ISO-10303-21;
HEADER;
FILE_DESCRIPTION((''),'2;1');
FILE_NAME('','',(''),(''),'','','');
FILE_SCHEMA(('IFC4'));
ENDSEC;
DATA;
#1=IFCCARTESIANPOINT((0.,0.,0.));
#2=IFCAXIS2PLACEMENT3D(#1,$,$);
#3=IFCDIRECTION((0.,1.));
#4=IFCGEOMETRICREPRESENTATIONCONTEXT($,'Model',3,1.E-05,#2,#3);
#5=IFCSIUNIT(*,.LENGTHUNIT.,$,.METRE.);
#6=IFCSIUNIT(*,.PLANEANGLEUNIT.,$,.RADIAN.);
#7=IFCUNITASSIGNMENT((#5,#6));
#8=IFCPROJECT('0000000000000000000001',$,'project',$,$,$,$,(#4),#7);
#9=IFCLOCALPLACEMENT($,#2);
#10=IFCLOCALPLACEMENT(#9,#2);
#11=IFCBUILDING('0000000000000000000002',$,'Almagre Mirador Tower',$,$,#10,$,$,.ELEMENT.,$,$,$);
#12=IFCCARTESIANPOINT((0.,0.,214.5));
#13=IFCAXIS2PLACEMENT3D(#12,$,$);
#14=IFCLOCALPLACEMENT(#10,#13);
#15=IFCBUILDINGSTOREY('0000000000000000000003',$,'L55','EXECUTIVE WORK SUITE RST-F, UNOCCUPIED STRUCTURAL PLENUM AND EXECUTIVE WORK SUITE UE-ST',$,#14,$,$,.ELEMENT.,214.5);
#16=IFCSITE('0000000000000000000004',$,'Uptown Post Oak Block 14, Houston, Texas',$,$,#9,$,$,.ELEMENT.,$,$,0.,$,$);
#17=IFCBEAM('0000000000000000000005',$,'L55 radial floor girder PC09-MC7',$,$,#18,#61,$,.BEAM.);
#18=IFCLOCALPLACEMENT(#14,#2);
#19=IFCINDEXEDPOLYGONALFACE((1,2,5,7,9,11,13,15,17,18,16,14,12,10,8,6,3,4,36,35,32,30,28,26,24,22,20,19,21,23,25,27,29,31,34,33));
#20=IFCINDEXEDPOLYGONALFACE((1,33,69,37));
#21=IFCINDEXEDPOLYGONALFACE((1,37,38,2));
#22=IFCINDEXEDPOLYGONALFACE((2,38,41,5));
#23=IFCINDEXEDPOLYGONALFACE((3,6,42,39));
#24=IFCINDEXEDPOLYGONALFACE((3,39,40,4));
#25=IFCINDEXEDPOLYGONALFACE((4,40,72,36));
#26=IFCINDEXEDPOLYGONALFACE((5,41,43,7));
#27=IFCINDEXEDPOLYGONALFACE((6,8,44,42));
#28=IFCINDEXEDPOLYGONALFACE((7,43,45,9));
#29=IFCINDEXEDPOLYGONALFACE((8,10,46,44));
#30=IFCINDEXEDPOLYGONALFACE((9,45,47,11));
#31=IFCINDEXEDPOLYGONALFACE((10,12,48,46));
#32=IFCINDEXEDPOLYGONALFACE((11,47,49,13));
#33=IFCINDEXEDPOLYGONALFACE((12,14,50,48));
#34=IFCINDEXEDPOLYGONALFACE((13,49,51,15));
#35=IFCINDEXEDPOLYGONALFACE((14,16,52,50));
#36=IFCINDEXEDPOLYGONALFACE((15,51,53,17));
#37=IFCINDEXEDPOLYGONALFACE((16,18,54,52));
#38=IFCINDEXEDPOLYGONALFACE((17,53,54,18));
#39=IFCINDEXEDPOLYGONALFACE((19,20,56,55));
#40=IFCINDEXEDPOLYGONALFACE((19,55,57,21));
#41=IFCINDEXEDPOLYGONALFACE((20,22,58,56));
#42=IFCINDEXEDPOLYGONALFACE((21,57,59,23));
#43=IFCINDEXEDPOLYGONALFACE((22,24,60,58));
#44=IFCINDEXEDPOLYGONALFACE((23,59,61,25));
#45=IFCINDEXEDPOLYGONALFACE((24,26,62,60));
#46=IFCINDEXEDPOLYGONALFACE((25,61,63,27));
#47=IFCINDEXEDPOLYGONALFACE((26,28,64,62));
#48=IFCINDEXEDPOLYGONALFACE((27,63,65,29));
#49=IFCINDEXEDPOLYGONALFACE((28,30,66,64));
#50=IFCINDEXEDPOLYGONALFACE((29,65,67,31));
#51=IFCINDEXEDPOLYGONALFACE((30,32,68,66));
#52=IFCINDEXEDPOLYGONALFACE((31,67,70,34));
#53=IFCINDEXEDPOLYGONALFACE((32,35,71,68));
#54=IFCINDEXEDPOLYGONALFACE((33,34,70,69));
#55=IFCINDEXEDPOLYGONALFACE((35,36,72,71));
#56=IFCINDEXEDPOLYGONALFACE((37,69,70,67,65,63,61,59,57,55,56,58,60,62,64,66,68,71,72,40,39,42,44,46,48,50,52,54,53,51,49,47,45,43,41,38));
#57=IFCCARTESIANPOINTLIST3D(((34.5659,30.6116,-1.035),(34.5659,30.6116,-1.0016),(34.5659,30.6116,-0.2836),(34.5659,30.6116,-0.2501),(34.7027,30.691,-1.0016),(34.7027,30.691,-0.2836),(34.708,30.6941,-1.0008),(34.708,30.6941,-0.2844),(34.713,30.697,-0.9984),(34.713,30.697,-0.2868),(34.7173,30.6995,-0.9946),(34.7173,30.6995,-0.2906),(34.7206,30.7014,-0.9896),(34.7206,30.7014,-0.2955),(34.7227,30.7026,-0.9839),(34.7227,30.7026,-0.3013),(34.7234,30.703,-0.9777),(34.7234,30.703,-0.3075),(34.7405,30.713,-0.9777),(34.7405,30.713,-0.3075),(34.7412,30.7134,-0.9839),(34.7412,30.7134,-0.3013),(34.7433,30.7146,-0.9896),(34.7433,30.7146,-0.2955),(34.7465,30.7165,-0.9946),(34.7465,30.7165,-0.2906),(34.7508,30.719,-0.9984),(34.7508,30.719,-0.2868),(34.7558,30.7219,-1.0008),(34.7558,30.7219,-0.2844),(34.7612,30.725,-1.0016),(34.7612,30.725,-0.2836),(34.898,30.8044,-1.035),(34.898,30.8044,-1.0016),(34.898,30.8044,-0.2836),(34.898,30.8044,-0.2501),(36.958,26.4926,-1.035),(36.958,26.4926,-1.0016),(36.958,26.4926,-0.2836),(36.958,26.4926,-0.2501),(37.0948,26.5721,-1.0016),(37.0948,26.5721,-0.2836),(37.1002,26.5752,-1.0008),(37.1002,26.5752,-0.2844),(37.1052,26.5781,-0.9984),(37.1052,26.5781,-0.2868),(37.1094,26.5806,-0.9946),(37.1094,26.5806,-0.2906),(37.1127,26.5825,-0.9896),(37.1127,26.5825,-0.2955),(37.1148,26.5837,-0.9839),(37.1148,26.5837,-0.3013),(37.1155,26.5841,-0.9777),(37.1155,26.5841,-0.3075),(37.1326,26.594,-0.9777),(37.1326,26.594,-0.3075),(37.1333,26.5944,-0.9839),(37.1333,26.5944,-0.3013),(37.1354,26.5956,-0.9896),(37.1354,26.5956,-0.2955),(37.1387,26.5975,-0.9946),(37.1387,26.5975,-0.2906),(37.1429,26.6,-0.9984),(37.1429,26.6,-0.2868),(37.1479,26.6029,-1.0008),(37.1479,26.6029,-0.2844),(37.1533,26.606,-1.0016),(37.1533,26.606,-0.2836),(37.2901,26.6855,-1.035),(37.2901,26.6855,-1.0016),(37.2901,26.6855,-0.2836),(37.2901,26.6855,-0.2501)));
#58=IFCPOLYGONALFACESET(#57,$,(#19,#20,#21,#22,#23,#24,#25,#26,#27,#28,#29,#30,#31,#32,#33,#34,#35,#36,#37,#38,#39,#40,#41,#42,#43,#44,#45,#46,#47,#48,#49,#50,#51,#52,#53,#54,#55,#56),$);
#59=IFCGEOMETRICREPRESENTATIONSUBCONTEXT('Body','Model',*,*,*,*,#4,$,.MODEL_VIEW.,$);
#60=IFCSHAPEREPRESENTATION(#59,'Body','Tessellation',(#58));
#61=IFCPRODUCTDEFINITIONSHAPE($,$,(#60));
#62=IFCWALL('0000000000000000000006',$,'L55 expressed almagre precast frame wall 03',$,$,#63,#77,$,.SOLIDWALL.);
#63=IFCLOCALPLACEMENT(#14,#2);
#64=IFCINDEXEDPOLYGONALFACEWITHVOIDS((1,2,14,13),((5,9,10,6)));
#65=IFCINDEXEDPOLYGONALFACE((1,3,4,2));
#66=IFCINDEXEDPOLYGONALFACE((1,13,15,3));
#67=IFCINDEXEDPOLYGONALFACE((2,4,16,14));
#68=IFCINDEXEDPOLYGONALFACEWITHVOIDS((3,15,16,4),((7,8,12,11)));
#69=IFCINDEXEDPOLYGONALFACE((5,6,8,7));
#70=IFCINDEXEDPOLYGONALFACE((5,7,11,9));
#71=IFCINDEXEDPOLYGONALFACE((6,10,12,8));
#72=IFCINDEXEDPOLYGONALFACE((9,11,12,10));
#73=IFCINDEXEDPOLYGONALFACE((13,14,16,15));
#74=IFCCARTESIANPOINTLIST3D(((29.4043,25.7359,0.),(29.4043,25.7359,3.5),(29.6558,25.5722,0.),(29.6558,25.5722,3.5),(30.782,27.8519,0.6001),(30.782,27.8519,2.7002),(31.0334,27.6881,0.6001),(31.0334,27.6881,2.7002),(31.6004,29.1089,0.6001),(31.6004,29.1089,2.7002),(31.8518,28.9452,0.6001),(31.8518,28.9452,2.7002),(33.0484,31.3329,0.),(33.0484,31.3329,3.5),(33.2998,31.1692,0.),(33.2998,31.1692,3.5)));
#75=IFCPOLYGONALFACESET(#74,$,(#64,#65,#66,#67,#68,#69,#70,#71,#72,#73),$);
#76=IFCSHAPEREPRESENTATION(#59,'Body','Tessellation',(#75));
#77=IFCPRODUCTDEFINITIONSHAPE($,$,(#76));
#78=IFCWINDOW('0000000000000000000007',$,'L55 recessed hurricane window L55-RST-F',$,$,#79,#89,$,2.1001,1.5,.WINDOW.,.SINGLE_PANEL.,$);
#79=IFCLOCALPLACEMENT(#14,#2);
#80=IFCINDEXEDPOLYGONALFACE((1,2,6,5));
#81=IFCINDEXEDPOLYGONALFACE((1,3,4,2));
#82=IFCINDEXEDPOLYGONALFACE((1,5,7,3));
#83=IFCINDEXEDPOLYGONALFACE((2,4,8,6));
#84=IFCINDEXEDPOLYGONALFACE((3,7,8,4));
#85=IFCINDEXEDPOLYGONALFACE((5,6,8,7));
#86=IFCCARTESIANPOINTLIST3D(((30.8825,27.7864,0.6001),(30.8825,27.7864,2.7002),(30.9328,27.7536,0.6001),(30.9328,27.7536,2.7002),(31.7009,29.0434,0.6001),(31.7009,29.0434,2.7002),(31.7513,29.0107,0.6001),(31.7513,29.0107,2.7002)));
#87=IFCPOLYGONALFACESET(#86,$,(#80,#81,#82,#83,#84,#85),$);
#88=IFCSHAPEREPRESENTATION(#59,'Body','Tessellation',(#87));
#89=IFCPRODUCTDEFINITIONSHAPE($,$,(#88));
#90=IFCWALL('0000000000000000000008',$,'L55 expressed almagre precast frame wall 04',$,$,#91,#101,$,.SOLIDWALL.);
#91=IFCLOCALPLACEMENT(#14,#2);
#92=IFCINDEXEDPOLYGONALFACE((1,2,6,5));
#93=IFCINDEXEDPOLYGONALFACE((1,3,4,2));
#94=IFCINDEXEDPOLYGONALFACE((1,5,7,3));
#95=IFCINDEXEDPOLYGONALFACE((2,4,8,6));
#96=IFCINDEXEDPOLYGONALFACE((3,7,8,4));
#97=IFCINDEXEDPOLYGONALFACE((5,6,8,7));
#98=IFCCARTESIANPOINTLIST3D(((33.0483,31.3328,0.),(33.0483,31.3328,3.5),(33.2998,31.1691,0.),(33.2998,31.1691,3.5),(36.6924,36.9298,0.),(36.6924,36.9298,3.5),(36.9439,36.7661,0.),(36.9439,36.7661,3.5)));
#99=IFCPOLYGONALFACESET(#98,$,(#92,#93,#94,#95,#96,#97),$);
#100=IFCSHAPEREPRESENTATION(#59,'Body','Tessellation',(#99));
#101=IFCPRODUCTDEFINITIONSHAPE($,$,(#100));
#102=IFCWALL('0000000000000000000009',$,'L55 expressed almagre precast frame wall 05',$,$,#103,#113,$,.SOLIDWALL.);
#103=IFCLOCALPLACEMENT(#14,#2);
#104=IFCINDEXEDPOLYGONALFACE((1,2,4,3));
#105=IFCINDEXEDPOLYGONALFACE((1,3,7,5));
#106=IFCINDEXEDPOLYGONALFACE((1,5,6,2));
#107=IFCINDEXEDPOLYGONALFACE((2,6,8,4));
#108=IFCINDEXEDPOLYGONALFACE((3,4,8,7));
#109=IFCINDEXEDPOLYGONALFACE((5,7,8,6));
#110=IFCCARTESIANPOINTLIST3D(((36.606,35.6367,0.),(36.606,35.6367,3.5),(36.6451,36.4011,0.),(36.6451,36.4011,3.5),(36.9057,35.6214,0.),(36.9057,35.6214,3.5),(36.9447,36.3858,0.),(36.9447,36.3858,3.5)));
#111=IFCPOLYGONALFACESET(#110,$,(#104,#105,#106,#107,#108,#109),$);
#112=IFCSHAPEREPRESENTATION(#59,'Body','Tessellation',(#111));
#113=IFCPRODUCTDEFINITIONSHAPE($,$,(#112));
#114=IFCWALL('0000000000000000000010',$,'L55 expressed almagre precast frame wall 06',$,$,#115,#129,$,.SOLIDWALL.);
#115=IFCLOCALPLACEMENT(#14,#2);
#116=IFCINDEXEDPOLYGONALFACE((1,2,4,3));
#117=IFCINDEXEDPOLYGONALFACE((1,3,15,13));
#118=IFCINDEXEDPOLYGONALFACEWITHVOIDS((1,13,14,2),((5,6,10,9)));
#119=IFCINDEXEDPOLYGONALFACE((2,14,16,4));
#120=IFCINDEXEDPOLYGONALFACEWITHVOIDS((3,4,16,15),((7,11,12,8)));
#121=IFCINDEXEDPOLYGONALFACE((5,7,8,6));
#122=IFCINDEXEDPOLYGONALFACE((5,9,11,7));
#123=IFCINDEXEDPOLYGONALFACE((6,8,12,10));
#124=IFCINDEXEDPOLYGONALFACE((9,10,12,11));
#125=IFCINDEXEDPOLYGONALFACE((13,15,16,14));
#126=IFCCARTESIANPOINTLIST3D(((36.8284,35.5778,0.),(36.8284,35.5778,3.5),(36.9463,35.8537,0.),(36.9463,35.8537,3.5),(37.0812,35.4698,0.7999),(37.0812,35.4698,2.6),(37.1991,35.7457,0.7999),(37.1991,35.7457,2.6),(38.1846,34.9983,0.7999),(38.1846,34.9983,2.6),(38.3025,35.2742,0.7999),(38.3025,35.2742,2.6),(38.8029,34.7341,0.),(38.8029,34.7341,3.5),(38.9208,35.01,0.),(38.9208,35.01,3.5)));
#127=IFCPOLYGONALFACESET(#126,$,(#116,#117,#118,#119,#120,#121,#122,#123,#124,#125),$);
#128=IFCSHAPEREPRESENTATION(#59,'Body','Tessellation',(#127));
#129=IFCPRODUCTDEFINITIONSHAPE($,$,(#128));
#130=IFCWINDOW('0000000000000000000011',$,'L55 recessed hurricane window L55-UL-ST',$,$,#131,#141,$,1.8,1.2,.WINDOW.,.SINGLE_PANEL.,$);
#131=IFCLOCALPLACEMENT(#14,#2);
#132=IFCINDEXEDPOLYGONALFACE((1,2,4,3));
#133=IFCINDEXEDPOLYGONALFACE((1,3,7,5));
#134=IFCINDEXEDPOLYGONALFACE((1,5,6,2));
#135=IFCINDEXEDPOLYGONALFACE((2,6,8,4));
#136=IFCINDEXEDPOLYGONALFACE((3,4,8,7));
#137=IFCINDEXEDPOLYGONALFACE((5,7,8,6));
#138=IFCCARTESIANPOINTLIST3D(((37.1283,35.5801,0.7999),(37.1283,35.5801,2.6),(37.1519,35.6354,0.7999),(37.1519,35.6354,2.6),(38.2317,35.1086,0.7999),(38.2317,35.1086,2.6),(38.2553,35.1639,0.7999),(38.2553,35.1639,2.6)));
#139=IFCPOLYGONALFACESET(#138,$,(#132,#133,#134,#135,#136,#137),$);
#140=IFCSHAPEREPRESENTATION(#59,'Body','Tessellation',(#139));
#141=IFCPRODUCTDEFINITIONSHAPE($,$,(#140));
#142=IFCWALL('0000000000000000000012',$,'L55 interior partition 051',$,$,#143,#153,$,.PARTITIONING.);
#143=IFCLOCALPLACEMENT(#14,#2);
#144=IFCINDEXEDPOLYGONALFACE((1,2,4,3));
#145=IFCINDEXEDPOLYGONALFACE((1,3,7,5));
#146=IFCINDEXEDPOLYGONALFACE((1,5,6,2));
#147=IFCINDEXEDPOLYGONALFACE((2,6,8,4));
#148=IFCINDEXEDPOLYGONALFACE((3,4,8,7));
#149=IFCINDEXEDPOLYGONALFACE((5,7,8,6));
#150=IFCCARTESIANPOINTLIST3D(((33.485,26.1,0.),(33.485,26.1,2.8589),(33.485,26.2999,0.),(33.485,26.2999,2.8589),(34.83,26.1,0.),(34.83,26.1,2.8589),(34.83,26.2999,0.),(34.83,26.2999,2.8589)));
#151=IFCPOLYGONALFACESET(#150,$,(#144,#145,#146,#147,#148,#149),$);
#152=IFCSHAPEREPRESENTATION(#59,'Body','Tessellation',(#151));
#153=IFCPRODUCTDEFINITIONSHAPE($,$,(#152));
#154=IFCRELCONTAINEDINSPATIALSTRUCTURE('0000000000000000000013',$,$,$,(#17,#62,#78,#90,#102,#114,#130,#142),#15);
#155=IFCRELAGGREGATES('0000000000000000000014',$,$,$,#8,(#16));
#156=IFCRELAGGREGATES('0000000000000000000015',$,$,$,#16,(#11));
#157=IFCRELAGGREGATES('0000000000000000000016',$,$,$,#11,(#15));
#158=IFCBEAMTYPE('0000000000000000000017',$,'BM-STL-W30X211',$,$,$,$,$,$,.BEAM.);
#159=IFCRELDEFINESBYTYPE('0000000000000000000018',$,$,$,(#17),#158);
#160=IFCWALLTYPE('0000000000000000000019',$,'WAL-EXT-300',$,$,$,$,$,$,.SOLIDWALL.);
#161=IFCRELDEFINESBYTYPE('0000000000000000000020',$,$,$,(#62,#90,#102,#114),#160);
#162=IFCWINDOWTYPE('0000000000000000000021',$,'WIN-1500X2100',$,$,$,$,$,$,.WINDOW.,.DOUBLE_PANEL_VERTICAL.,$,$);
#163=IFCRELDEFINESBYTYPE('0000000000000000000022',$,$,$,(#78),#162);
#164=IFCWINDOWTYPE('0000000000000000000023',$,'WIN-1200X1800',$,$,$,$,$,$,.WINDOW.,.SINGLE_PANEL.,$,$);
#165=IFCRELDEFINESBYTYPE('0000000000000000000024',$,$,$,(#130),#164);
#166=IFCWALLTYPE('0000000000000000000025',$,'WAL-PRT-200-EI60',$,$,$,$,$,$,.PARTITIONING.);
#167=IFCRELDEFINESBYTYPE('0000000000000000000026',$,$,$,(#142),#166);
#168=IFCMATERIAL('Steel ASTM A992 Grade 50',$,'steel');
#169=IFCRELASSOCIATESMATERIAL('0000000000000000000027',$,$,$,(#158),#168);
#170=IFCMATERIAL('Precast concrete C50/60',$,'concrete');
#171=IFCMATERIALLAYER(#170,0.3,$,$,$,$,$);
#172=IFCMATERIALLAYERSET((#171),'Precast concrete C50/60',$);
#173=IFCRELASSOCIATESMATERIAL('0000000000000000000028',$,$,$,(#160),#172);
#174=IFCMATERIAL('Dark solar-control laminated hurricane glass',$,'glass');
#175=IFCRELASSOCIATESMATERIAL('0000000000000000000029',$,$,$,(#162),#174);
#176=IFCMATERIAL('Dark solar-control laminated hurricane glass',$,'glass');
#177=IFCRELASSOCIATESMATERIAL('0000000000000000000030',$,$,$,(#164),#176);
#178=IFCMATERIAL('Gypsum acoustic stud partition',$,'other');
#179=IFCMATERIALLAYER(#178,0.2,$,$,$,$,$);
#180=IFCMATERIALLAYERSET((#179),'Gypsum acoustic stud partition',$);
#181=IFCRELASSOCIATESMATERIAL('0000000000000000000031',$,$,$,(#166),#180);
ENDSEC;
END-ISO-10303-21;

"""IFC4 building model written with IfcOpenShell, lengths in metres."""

from ifc_helpers import new_model, si_unit, direction, frame, frame_2d, origin, origin_2d, place, context, subcontext, project, spatial, rectangle, i_section, extrude, material, layer, layer_set, material_profile, profile_set, type_object, element, fill, save


model = new_model("IFC4")

# Units and contexts
model_context = context("Model", 3, precision=1e-05, world=origin(), true_north=direction((0.0, 1.0)))
body_context = subcontext(model_context, "Body", "Model", "MODEL_VIEW")
ifc_project = project(units=[si_unit("LENGTHUNIT", "METRE"), si_unit("PLANEANGLEUNIT", "RADIAN")], contexts=[model_context])

# Site, building, storey
site_placement = place(None, origin())
site = spatial("IfcSite", under=ifc_project, at=site_placement, Name="Uptown Post Oak Block 14, Houston, Texas", CompositionType="ELEMENT", RefElevation=0.0)
building_placement = place(site_placement, origin())
building = spatial("IfcBuilding", under=site, at=building_placement, Name="Almagre Mirador Tower", CompositionType="ELEMENT")
storey_placement = place(building_placement, frame((0.0, 0.0, 214.5)))
storey = spatial("IfcBuildingStorey", under=building, at=storey_placement, Name="L55", Description="EXECUTIVE WORK SUITE RST-F, UNOCCUPIED STRUCTURAL PLENUM AND EXECUTIVE WORK SUITE UE-ST", CompositionType="ELEMENT", Elevation=214.5)

# Beam
ifc_material_1 = material(Name="Steel ASTM A992 Grade 50", Category="steel")
ifc_material_profile_1 = material_profile(ifc_material_1, i_section(OverallWidth=0.384, OverallDepth=0.7849, WebThickness=0.0198, FlangeThickness=0.0334, FilletRadius=0.0239, at=origin_2d()), Name="W30X211")
ifc_profile_set_1 = profile_set([ifc_material_profile_1], Name="Steel ASTM A992 Grade 50")
beam_type_1 = type_object("IfcBeamType", Name="BM-STL-W30X211", PredefinedType="BEAM", material=ifc_profile_set_1)
beam_1_placement = place(storey_placement, frame((34.7319, 30.708, -0.6426), z_axis=(0.50221, -0.864746, 0.0), x_axis=(0.864746, 0.50221, 0.0)))
element("IfcBeam", 1, at=beam_1_placement, inside=storey, type_object=beam_type_1, Name="L55 radial floor girder PC09-MC7", PredefinedType="BEAM", context=body_context, shape_type="SweptSolid", body=[
    extrude(i_section(OverallWidth=0.384, OverallDepth=0.7849, WebThickness=0.0198, FlangeThickness=0.0334, FilletRadius=0.0239, at=origin_2d()), origin(), (0.0, 0.0, 1.0), 4.7632),
])

# Wall, opening, window
ifc_material_2 = material(Name="Precast concrete C50/60", Category="concrete")
ifc_layer_1 = layer(ifc_material_2, 0.3)
ifc_layer_set_1 = layer_set([ifc_layer_1], Name="Precast concrete C50/60")
wall_type_1 = type_object("IfcWallType", Name="WAL-EXT-300", PredefinedType="SOLIDWALL", material=ifc_layer_set_1)
wall_1_placement = place(storey_placement, frame((29.53, 25.6541, 0.0), z_axis=(0.0, 0.0, 1.0), x_axis=(0.545624, 0.83803, 0.0)))
wall_1 = element("IfcWall", 2, at=wall_1_placement, inside=storey, type_object=wall_type_1, Name="L55 expressed almagre precast frame wall 03", PredefinedType="SOLIDWALL", context=body_context, shape_type="SweptSolid", body=[
    extrude(rectangle(XDim=6.6787, YDim=0.3, at=frame_2d((3.3394, 0.0))), origin(), (0.0, 0.0, 1.0), 3.5),
])
opening_1_placement = place(wall_1_placement, frame((2.5249, 0.0, 0.6001)))
opening_1 = element("IfcOpeningElement", 3, at=opening_1_placement, cuts=wall_1, PredefinedType="OPENING", context=body_context, shape_type="SweptSolid", body=[
    extrude(rectangle(XDim=1.5, YDim=2.1001, at=frame_2d((0.75, 1.05))), frame((0.0, 0.1599, 0.0), z_axis=(0.0, -1.0, 0.0), x_axis=(1.0, 0.0, 0.0)), (0.0, 0.0, 1.0), 0.32),
])
ifc_material_3 = material(Name="Dark solar-control laminated hurricane glass", Category="glass")
window_type_1 = type_object("IfcWindowType", Name="WIN-1500X2100", PartitioningType="DOUBLE_PANEL_VERTICAL", PredefinedType="WINDOW", material=ifc_material_3)
window_1_placement = place(opening_1_placement, origin())
window_1 = element("IfcWindow", 4, at=window_1_placement, inside=storey, type_object=window_type_1, Name="L55 recessed hurricane window L55-RST-F", OverallHeight=2.1001, OverallWidth=1.5, PartitioningType="SINGLE_PANEL", PredefinedType="WINDOW", context=body_context, shape_type="SweptSolid", body=[
    extrude(rectangle(XDim=1.5, YDim=2.1001, at=frame_2d((0.75, 1.05))), frame((0.0, 0.03, 0.0), z_axis=(0.0, -1.0, 0.0), x_axis=(1.0, 0.0, 0.0)), (0.0, 0.0, 1.0), 0.0601),
])
fill(opening_1, window_1)

# Walls
wall_2_placement = place(storey_placement, frame((33.1741, 31.251, 0.0), z_axis=(0.0, 0.0, 1.0), x_axis=(0.545624, 0.83803, 0.0)))
element("IfcWall", 5, at=wall_2_placement, inside=storey, type_object=wall_type_1, Name="L55 expressed almagre precast frame wall 04", PredefinedType="SOLIDWALL", context=body_context, shape_type="SweptSolid", body=[
    extrude(rectangle(XDim=6.6787, YDim=0.3, at=frame_2d((3.3394, 0.0))), origin(), (0.0, 0.0, 1.0), 3.5),
])
wall_3_placement = place(storey_placement, frame((36.7949, 36.3936, 0.0), z_axis=(0.0, 0.0, 1.0), x_axis=(-0.051035, -0.998697, 0.0)))
element("IfcWall", 6, at=wall_3_placement, inside=storey, type_object=wall_type_1, Name="L55 expressed almagre precast frame wall 05", PredefinedType="SOLIDWALL", context=body_context, shape_type="SweptSolid", body=[
    extrude(rectangle(XDim=0.7654, YDim=0.3, at=frame_2d((0.3828, 0.0))), origin(), (0.0, 0.0, 1.0), 3.5),
])

# Wall, opening, window
wall_4_placement = place(storey_placement, frame((36.8872, 35.7158, 0.0), z_axis=(0.0, 0.0, 1.0), x_axis=(0.919568, -0.392931, 0.0)))
wall_4 = element("IfcWall", 7, at=wall_4_placement, inside=storey, type_object=wall_type_1, Name="L55 expressed almagre precast frame wall 06", PredefinedType="SOLIDWALL", context=body_context, shape_type="SweptSolid", body=[
    extrude(rectangle(XDim=2.1472, YDim=0.3, at=frame_2d((1.0737, 0.0))), origin(), (0.0, 0.0, 1.0), 3.5),
])
opening_2_placement = place(wall_4_placement, frame((0.2749, 0.0, 0.8)))
opening_2 = element("IfcOpeningElement", 8, at=opening_2_placement, cuts=wall_4, PredefinedType="OPENING", context=body_context, shape_type="SweptSolid", body=[
    extrude(rectangle(XDim=1.2, YDim=1.8, at=frame_2d((0.6001, 0.8999))), frame((0.0, 0.1599, 0.0), z_axis=(0.0, -1.0, 0.0), x_axis=(1.0, 0.0, 0.0)), (0.0, 0.0, 1.0), 0.32),
])
ifc_material_4 = material(Name="Dark solar-control laminated hurricane glass", Category="glass")
window_type_2 = type_object("IfcWindowType", Name="WIN-1200X1800", PartitioningType="SINGLE_PANEL", PredefinedType="WINDOW", material=ifc_material_4)
window_2_placement = place(opening_2_placement, origin())
window_2 = element("IfcWindow", 9, at=window_2_placement, inside=storey, type_object=window_type_2, Name="L55 recessed hurricane window L55-UL-ST", OverallHeight=1.8, OverallWidth=1.2, PartitioningType="SINGLE_PANEL", PredefinedType="WINDOW", context=body_context, shape_type="SweptSolid", body=[
    extrude(rectangle(XDim=1.2, YDim=1.8, at=frame_2d((0.6001, 0.8999))), frame((0.0, 0.03, 0.0), z_axis=(0.0, -1.0, 0.0), x_axis=(1.0, 0.0, 0.0)), (0.0, 0.0, 1.0), 0.0601),
])
fill(opening_2, window_2)

# Wall
ifc_material_5 = material(Name="Gypsum acoustic stud partition", Category="other")
ifc_layer_2 = layer(ifc_material_5, 0.2)
ifc_layer_set_2 = layer_set([ifc_layer_2], Name="Gypsum acoustic stud partition")
wall_type_2 = type_object("IfcWallType", Name="WAL-PRT-200-EI60", PredefinedType="PARTITIONING", material=ifc_layer_set_2)
wall_5_placement = place(storey_placement, frame((33.4851, 26.2, 0.0), z_axis=(0.0, 0.0, 1.0), x_axis=(1.0, 0.0, 0.0)))
element("IfcWall", 10, at=wall_5_placement, inside=storey, type_object=wall_type_2, Name="L55 interior partition 051", PredefinedType="PARTITIONING", context=body_context, shape_type="SweptSolid", body=[
    extrude(rectangle(XDim=1.345, YDim=0.2, at=frame_2d((0.6724, 0.0))), origin(), (0.0, 0.0, 1.0), 2.8589),
])

save(model, "model.ifc")
